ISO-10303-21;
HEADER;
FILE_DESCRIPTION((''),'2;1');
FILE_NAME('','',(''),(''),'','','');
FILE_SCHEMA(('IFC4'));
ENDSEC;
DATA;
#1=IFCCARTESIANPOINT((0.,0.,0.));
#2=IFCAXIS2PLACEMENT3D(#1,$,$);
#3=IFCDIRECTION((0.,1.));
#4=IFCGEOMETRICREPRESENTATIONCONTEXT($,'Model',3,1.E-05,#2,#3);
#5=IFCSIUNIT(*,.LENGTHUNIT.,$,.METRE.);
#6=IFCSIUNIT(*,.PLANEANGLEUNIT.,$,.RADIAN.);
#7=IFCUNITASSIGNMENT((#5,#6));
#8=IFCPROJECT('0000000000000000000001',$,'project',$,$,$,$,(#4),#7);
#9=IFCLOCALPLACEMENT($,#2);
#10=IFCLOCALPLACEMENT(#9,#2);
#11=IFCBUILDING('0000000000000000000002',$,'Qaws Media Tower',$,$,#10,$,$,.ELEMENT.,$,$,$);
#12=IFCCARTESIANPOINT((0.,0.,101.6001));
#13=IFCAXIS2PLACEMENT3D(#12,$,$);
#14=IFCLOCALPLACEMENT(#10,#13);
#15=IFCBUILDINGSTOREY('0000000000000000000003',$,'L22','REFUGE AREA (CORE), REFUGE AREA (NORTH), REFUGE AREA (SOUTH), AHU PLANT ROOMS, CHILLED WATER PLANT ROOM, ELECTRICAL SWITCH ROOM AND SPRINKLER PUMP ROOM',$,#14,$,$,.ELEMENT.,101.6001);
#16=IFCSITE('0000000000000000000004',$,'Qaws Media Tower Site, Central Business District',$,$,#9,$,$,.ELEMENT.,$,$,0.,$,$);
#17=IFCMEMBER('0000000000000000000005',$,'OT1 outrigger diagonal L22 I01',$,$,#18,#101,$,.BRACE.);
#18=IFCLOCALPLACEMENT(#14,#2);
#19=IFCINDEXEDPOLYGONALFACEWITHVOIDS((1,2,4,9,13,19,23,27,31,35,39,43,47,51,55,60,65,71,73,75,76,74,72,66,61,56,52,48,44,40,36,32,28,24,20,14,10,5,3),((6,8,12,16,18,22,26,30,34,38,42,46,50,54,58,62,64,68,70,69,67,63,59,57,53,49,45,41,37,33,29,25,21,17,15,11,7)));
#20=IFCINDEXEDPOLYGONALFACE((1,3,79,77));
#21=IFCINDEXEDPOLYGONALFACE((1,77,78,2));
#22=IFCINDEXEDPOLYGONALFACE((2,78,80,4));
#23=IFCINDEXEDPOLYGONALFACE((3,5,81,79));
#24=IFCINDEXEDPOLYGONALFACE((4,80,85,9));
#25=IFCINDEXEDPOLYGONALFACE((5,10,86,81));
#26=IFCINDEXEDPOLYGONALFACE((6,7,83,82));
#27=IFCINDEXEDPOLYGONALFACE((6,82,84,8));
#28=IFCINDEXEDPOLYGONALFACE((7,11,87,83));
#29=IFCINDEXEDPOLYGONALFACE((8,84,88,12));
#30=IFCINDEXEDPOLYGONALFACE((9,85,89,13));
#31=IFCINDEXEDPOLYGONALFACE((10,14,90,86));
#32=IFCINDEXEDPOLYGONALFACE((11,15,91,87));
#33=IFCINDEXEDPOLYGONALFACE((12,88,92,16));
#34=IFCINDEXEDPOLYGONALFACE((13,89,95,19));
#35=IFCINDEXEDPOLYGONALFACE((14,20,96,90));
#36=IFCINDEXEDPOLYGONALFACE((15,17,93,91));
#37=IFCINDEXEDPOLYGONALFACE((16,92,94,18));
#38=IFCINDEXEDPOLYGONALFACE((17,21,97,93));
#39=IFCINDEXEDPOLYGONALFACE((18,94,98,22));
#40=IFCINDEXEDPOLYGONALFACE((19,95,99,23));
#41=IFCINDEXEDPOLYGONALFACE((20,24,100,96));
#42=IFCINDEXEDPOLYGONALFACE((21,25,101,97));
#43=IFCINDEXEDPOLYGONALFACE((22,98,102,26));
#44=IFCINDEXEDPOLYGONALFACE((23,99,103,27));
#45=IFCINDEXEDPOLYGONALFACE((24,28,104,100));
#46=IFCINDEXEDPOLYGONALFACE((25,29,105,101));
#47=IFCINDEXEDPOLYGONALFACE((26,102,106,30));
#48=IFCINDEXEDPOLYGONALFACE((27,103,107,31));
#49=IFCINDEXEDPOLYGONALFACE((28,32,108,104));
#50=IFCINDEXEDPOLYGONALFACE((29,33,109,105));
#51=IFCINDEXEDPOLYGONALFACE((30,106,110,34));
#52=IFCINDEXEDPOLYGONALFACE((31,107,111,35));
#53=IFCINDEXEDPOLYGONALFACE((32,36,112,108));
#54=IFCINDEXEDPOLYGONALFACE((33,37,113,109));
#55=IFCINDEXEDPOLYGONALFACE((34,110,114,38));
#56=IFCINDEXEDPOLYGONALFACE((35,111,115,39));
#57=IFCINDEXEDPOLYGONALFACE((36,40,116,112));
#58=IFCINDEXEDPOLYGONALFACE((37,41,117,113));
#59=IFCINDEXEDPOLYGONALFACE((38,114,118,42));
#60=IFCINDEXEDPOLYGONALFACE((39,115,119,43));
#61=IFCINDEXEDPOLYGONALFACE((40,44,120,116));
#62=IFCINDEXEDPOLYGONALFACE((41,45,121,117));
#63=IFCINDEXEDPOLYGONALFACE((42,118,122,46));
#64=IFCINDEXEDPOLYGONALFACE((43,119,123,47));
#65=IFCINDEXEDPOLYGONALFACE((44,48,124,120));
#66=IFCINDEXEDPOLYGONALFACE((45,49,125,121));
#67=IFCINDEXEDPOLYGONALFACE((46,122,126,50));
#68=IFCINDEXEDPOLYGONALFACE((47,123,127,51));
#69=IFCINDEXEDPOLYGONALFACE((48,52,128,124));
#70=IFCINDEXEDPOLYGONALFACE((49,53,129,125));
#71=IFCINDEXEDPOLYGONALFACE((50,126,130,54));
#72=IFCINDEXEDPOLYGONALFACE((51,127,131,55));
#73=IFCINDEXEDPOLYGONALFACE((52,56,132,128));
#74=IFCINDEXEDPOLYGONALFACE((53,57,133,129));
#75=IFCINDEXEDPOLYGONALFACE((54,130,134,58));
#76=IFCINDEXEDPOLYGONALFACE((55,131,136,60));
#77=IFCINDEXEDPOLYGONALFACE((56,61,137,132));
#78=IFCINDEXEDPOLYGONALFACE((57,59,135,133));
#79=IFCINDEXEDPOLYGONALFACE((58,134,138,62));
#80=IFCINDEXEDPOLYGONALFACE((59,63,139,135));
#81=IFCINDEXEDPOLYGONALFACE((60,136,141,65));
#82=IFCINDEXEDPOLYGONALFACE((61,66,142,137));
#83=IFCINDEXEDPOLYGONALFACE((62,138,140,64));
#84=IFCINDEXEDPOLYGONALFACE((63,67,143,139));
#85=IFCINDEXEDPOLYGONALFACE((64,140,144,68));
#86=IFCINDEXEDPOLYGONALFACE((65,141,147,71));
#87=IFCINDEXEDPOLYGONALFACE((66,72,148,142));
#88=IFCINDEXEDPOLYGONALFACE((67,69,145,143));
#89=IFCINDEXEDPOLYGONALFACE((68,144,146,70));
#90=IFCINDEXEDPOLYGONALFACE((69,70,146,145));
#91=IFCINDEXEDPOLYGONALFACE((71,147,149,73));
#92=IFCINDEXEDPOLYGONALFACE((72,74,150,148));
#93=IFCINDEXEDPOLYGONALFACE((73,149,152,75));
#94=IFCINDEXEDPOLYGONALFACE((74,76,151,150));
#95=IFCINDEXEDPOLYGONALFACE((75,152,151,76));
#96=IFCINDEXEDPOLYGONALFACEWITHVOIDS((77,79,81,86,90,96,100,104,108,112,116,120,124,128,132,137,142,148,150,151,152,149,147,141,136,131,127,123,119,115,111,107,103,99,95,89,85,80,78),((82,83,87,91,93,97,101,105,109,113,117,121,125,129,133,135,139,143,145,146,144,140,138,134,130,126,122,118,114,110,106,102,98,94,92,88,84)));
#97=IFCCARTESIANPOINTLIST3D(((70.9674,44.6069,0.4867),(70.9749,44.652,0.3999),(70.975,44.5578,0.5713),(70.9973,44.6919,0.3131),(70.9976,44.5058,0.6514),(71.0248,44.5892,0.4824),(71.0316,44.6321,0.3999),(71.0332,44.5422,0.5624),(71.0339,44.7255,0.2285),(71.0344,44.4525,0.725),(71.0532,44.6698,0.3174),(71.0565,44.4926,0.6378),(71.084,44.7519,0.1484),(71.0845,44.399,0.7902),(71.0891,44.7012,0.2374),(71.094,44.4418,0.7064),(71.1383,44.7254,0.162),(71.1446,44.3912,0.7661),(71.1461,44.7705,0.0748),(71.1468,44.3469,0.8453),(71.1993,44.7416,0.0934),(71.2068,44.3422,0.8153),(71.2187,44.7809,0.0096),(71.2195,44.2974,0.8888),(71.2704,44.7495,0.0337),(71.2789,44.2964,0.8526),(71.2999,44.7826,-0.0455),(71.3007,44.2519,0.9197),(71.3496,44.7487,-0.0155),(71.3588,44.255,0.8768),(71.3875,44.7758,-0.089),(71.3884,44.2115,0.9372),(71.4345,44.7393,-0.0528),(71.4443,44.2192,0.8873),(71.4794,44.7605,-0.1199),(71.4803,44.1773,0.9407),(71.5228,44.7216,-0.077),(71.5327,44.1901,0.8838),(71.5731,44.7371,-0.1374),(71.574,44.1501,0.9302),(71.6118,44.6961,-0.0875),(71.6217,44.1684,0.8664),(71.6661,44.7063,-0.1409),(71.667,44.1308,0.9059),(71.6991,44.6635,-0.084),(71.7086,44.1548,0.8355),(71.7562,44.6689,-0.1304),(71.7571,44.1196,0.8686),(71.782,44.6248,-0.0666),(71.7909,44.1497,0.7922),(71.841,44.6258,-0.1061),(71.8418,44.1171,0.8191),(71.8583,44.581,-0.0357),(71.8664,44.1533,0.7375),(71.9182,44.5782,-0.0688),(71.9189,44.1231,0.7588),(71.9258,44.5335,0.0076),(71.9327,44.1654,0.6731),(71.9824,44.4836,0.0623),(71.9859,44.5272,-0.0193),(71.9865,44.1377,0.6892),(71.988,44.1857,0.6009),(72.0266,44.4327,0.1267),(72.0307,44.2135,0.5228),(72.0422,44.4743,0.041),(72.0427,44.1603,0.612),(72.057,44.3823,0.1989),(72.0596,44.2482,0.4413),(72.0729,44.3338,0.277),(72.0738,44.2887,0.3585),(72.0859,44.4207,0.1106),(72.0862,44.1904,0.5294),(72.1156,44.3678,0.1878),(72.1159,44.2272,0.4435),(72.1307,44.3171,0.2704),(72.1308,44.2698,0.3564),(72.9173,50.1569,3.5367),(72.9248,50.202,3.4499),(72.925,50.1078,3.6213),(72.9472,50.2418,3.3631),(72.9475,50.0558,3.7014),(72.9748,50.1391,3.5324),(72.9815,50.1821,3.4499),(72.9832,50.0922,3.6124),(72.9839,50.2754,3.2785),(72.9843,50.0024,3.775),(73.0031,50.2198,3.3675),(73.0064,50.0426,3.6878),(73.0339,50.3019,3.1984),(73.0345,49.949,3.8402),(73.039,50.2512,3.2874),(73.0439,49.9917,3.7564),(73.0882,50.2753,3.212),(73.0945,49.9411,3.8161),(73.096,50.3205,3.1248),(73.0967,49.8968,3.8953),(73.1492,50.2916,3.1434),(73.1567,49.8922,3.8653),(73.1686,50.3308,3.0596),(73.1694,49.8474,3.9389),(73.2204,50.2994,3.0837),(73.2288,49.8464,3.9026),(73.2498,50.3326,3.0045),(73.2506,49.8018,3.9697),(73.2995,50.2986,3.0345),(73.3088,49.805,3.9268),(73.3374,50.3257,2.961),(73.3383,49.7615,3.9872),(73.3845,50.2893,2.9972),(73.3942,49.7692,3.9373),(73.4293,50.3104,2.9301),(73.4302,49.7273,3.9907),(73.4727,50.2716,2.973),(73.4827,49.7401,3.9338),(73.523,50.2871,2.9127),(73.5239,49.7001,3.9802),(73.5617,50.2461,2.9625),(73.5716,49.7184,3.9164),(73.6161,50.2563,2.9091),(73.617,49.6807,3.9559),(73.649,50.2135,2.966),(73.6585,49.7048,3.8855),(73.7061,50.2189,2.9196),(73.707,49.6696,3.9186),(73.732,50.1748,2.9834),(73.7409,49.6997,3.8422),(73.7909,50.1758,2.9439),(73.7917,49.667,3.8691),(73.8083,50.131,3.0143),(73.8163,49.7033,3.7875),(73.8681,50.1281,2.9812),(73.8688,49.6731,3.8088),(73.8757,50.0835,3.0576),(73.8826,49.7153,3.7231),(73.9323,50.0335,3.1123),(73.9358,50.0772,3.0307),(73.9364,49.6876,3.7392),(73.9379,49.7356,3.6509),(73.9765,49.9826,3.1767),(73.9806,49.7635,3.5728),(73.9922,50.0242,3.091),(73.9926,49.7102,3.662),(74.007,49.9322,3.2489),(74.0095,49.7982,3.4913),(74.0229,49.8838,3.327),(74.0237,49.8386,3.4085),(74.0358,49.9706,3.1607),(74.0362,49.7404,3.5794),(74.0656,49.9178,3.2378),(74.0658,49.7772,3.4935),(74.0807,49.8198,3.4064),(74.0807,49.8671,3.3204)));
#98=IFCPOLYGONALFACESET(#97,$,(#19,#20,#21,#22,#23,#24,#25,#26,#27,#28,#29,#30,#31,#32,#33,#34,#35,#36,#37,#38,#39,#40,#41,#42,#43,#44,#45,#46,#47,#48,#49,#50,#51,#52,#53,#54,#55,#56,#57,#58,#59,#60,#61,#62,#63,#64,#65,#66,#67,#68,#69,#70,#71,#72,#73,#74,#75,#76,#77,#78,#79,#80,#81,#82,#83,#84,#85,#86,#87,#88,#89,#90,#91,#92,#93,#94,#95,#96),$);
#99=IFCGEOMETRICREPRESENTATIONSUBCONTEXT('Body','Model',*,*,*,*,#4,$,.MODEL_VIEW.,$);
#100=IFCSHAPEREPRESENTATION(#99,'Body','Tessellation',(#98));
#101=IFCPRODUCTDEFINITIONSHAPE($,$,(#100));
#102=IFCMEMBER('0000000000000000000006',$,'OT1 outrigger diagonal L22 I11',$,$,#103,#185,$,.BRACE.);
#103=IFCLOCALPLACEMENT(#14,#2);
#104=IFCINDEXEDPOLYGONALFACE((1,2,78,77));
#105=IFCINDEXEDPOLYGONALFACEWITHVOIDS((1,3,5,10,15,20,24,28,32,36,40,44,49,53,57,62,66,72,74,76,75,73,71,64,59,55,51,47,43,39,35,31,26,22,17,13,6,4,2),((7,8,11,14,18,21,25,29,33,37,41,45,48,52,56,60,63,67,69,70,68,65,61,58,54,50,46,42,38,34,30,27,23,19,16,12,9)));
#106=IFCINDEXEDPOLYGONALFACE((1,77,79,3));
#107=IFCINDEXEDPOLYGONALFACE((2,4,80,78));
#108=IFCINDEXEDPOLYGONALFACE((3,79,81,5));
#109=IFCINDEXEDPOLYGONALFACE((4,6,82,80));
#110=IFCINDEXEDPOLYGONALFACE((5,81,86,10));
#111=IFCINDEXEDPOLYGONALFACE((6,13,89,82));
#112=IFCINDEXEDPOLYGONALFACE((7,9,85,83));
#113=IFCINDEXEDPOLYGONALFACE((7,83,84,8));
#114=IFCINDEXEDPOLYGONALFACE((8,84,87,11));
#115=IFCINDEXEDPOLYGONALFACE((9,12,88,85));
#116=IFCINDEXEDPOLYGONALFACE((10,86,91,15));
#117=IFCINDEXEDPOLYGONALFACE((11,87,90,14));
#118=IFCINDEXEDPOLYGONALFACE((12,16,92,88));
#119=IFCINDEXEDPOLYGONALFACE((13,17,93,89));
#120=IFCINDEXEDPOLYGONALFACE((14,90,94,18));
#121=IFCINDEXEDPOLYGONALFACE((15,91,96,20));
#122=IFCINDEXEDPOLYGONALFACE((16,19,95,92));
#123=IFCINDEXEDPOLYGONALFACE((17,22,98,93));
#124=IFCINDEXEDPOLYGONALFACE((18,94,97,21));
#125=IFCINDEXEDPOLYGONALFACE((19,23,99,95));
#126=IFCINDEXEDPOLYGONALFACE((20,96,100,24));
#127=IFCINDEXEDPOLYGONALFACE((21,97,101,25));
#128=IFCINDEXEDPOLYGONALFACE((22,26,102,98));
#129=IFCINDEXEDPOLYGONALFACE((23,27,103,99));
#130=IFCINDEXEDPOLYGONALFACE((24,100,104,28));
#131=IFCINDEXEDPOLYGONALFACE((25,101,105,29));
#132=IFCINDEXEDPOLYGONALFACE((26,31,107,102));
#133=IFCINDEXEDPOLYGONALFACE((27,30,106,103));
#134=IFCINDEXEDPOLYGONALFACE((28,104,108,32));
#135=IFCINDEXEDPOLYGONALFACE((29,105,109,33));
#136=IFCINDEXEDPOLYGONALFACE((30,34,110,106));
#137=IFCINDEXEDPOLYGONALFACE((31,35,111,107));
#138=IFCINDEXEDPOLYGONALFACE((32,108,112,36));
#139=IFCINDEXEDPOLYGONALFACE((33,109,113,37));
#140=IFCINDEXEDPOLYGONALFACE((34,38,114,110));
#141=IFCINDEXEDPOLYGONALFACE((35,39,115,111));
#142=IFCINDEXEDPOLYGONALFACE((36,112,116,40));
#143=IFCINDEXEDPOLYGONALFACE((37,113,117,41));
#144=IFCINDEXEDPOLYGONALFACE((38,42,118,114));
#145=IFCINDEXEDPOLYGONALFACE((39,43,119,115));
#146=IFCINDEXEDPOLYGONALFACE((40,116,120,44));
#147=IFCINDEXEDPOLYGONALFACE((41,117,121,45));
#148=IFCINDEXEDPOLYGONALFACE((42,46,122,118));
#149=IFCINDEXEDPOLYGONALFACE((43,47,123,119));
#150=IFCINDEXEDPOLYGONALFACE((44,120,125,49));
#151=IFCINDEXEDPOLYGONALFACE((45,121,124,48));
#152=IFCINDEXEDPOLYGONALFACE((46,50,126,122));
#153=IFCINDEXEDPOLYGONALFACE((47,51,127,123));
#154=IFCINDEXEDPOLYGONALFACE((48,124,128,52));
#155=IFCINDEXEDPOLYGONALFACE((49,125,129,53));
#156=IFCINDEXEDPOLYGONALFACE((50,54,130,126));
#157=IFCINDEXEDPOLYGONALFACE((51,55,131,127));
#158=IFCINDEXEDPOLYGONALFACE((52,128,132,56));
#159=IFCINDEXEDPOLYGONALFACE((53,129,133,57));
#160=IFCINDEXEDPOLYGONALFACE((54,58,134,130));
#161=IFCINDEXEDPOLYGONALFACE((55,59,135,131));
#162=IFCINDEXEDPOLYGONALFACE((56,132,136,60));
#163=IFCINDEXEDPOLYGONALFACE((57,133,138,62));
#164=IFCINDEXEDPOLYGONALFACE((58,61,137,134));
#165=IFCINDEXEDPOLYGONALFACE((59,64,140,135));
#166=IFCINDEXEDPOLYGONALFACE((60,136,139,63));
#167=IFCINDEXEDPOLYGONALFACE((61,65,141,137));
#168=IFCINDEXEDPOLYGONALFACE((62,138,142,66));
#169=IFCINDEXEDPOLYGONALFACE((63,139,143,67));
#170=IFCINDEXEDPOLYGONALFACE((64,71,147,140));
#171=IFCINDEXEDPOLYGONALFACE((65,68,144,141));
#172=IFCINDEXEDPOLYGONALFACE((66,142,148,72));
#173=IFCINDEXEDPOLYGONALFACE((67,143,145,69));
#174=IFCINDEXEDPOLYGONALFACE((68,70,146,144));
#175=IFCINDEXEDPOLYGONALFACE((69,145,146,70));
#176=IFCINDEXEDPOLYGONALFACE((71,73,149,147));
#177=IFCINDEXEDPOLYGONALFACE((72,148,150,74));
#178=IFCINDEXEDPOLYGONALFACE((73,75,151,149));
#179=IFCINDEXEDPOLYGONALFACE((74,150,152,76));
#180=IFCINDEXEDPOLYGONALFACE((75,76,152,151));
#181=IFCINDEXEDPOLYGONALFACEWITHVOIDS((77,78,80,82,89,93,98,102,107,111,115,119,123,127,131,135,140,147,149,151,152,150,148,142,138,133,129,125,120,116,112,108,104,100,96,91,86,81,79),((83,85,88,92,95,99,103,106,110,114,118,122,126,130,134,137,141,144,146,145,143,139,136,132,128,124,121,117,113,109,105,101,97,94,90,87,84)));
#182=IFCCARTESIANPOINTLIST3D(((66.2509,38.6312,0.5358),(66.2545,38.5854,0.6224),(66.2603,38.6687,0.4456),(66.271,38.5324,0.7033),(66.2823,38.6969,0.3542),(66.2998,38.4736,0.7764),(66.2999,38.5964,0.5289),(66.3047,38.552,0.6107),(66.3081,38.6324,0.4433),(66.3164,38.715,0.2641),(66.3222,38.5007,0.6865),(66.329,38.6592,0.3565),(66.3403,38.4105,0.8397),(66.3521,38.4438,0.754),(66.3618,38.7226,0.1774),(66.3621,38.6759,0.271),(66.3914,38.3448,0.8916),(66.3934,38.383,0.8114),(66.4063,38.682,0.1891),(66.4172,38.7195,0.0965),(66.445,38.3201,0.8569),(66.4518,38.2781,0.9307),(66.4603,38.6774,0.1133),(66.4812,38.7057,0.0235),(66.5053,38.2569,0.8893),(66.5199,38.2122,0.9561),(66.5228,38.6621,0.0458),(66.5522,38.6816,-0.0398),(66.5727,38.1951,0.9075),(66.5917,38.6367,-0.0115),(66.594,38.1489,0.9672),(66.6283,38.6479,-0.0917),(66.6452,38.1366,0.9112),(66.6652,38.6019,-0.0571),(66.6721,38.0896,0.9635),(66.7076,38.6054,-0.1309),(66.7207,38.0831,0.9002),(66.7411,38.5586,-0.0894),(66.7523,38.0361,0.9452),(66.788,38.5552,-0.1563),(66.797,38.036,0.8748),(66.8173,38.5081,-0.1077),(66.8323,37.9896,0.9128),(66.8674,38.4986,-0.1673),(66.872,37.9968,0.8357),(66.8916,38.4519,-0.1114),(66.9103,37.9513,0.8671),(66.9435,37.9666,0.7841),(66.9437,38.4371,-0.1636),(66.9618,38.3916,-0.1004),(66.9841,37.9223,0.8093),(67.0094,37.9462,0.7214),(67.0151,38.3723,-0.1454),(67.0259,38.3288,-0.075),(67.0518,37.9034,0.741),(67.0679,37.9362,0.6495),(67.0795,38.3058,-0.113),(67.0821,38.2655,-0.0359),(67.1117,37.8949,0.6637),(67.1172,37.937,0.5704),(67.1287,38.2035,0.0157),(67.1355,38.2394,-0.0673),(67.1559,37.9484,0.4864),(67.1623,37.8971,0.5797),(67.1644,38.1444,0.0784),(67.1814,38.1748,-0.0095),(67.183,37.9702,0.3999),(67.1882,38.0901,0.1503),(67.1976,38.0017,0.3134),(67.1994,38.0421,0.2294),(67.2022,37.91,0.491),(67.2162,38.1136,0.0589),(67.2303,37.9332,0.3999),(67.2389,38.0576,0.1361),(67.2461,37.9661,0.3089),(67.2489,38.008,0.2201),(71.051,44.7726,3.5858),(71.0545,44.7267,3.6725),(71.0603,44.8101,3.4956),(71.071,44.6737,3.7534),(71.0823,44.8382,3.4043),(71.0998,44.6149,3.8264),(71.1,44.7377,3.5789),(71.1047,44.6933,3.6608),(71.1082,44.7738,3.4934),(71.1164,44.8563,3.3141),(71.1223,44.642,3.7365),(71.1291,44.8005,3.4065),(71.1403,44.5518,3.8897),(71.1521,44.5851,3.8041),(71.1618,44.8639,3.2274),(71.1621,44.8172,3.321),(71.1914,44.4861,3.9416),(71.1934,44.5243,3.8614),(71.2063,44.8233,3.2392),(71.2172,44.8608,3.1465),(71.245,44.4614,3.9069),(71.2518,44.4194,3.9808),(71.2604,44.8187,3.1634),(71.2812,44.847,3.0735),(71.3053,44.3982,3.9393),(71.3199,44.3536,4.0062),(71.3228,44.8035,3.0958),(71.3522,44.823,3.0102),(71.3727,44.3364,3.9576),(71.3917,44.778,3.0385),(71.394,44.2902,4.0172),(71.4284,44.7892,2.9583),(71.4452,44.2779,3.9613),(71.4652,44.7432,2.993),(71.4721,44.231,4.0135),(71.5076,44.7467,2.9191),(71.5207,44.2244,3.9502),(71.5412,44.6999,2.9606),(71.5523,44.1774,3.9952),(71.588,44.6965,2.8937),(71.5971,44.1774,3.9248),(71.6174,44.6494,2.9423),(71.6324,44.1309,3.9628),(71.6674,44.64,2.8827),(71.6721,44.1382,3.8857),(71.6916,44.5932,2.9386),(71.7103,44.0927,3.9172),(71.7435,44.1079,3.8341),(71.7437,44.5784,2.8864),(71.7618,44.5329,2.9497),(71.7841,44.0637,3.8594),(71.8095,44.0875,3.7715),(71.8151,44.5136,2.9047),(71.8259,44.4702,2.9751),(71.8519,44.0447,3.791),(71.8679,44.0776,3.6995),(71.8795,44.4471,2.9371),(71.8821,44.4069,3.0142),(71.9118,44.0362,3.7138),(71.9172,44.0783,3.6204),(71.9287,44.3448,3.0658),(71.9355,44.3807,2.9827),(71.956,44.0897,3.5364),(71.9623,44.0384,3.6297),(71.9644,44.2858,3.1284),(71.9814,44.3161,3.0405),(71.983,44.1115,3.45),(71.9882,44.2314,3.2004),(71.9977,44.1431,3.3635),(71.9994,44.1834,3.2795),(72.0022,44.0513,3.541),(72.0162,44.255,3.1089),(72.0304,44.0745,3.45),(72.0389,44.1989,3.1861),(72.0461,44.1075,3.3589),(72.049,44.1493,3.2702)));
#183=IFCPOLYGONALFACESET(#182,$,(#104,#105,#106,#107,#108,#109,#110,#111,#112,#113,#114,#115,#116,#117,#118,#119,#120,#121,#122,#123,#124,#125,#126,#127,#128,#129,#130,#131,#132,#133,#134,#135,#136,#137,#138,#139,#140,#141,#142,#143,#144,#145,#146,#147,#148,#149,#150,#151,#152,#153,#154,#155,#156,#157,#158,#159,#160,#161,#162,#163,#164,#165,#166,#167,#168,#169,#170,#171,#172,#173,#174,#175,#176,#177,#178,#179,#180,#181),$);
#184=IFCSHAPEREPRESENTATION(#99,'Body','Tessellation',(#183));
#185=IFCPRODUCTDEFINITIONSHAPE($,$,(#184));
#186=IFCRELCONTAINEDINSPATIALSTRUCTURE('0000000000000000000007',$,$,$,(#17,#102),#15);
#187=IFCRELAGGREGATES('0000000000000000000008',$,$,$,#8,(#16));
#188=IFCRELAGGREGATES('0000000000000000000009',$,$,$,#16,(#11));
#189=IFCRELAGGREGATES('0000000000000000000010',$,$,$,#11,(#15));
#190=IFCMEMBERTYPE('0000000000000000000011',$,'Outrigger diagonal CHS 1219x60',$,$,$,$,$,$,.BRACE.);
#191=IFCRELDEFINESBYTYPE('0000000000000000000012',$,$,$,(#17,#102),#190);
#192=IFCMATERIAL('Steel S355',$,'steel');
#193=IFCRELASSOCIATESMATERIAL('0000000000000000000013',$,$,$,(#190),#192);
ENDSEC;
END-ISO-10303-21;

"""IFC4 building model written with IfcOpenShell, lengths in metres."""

from ifc_helpers import new_model, si_unit, direction, frame, origin, origin_2d, place, context, subcontext, project, spatial, hollow_circle, extrude, material, material_profile, profile_set, type_object, element, save


model = new_model("IFC4")

# Units and contexts
model_context = context("Model", 3, precision=1e-05, world=origin(), true_north=direction((0.0, 1.0)))
body_context = subcontext(model_context, "Body", "Model", "MODEL_VIEW")
ifc_project = project(units=[si_unit("LENGTHUNIT", "METRE"), si_unit("PLANEANGLEUNIT", "RADIAN")], contexts=[model_context])

# Site, building, storey
site_placement = place(None, origin())
site = spatial("IfcSite", under=ifc_project, at=site_placement, Name="Qaws Media Tower Site, Central Business District", CompositionType="ELEMENT", RefElevation=0.0)
building_placement = place(site_placement, origin())
building = spatial("IfcBuilding", under=site, at=building_placement, Name="Qaws Media Tower", CompositionType="ELEMENT")
storey_placement = place(building_placement, frame((0.0, 0.0, 101.6001)))
storey = spatial("IfcBuildingStorey", under=building, at=storey_placement, Name="L22", Description="REFUGE AREA (CORE), REFUGE AREA (NORTH), REFUGE AREA (SOUTH), AHU PLANT ROOMS, CHILLED WATER PLANT ROOM, ELECTRICAL SWITCH ROOM AND SPRINKLER PUMP ROOM", CompositionType="ELEMENT", Elevation=101.6001)

# Members
ifc_material_1 = material(Name="Steel S355", Category="steel")
ifc_material_profile_1 = material_profile(ifc_material_1, hollow_circle(Radius=0.6096, WallThickness=0.0601, at=origin_2d()), Name="CHS 1219x60")
ifc_profile_set_1 = profile_set([ifc_material_profile_1], Name="Steel S355")
member_type_1 = type_object("IfcMemberType", Name="Outrigger diagonal CHS 1219x60", PredefinedType="BRACE", material=ifc_profile_set_1)
member_1_placement = place(storey_placement, frame((71.55, 44.45, 0.3999), z_axis=(0.294274, 0.837576, 0.460293), x_axis=(-0.943464, 0.331476, 0.0)))
element("IfcMember", 1, at=member_1_placement, inside=storey, type_object=member_type_1, Name="OT1 outrigger diagonal L22 I01", PredefinedType="BRACE", context=body_context, shape_type="SweptSolid", body=[
    extrude(hollow_circle(Radius=0.6096, WallThickness=0.0601, at=origin_2d()), origin(), (0.0, 0.0, 1.0), 6.6262),
])
member_2_placement = place(storey_placement, frame((71.55, 44.45, 3.45), z_axis=(-0.573472, -0.733721, -0.364396), x_axis=(0.787893, -0.615812, 0.0)))
element("IfcMember", 2, at=member_2_placement, inside=storey, type_object=member_type_1, Name="OT1 outrigger diagonal L22 I11", PredefinedType="BRACE", context=body_context, shape_type="SweptSolid", body=[
    extrude(hollow_circle(Radius=0.6096, WallThickness=0.0601, at=origin_2d()), origin(), (0.0, 0.0, 1.0), 8.3701),
])

save(model, "model.ifc")
